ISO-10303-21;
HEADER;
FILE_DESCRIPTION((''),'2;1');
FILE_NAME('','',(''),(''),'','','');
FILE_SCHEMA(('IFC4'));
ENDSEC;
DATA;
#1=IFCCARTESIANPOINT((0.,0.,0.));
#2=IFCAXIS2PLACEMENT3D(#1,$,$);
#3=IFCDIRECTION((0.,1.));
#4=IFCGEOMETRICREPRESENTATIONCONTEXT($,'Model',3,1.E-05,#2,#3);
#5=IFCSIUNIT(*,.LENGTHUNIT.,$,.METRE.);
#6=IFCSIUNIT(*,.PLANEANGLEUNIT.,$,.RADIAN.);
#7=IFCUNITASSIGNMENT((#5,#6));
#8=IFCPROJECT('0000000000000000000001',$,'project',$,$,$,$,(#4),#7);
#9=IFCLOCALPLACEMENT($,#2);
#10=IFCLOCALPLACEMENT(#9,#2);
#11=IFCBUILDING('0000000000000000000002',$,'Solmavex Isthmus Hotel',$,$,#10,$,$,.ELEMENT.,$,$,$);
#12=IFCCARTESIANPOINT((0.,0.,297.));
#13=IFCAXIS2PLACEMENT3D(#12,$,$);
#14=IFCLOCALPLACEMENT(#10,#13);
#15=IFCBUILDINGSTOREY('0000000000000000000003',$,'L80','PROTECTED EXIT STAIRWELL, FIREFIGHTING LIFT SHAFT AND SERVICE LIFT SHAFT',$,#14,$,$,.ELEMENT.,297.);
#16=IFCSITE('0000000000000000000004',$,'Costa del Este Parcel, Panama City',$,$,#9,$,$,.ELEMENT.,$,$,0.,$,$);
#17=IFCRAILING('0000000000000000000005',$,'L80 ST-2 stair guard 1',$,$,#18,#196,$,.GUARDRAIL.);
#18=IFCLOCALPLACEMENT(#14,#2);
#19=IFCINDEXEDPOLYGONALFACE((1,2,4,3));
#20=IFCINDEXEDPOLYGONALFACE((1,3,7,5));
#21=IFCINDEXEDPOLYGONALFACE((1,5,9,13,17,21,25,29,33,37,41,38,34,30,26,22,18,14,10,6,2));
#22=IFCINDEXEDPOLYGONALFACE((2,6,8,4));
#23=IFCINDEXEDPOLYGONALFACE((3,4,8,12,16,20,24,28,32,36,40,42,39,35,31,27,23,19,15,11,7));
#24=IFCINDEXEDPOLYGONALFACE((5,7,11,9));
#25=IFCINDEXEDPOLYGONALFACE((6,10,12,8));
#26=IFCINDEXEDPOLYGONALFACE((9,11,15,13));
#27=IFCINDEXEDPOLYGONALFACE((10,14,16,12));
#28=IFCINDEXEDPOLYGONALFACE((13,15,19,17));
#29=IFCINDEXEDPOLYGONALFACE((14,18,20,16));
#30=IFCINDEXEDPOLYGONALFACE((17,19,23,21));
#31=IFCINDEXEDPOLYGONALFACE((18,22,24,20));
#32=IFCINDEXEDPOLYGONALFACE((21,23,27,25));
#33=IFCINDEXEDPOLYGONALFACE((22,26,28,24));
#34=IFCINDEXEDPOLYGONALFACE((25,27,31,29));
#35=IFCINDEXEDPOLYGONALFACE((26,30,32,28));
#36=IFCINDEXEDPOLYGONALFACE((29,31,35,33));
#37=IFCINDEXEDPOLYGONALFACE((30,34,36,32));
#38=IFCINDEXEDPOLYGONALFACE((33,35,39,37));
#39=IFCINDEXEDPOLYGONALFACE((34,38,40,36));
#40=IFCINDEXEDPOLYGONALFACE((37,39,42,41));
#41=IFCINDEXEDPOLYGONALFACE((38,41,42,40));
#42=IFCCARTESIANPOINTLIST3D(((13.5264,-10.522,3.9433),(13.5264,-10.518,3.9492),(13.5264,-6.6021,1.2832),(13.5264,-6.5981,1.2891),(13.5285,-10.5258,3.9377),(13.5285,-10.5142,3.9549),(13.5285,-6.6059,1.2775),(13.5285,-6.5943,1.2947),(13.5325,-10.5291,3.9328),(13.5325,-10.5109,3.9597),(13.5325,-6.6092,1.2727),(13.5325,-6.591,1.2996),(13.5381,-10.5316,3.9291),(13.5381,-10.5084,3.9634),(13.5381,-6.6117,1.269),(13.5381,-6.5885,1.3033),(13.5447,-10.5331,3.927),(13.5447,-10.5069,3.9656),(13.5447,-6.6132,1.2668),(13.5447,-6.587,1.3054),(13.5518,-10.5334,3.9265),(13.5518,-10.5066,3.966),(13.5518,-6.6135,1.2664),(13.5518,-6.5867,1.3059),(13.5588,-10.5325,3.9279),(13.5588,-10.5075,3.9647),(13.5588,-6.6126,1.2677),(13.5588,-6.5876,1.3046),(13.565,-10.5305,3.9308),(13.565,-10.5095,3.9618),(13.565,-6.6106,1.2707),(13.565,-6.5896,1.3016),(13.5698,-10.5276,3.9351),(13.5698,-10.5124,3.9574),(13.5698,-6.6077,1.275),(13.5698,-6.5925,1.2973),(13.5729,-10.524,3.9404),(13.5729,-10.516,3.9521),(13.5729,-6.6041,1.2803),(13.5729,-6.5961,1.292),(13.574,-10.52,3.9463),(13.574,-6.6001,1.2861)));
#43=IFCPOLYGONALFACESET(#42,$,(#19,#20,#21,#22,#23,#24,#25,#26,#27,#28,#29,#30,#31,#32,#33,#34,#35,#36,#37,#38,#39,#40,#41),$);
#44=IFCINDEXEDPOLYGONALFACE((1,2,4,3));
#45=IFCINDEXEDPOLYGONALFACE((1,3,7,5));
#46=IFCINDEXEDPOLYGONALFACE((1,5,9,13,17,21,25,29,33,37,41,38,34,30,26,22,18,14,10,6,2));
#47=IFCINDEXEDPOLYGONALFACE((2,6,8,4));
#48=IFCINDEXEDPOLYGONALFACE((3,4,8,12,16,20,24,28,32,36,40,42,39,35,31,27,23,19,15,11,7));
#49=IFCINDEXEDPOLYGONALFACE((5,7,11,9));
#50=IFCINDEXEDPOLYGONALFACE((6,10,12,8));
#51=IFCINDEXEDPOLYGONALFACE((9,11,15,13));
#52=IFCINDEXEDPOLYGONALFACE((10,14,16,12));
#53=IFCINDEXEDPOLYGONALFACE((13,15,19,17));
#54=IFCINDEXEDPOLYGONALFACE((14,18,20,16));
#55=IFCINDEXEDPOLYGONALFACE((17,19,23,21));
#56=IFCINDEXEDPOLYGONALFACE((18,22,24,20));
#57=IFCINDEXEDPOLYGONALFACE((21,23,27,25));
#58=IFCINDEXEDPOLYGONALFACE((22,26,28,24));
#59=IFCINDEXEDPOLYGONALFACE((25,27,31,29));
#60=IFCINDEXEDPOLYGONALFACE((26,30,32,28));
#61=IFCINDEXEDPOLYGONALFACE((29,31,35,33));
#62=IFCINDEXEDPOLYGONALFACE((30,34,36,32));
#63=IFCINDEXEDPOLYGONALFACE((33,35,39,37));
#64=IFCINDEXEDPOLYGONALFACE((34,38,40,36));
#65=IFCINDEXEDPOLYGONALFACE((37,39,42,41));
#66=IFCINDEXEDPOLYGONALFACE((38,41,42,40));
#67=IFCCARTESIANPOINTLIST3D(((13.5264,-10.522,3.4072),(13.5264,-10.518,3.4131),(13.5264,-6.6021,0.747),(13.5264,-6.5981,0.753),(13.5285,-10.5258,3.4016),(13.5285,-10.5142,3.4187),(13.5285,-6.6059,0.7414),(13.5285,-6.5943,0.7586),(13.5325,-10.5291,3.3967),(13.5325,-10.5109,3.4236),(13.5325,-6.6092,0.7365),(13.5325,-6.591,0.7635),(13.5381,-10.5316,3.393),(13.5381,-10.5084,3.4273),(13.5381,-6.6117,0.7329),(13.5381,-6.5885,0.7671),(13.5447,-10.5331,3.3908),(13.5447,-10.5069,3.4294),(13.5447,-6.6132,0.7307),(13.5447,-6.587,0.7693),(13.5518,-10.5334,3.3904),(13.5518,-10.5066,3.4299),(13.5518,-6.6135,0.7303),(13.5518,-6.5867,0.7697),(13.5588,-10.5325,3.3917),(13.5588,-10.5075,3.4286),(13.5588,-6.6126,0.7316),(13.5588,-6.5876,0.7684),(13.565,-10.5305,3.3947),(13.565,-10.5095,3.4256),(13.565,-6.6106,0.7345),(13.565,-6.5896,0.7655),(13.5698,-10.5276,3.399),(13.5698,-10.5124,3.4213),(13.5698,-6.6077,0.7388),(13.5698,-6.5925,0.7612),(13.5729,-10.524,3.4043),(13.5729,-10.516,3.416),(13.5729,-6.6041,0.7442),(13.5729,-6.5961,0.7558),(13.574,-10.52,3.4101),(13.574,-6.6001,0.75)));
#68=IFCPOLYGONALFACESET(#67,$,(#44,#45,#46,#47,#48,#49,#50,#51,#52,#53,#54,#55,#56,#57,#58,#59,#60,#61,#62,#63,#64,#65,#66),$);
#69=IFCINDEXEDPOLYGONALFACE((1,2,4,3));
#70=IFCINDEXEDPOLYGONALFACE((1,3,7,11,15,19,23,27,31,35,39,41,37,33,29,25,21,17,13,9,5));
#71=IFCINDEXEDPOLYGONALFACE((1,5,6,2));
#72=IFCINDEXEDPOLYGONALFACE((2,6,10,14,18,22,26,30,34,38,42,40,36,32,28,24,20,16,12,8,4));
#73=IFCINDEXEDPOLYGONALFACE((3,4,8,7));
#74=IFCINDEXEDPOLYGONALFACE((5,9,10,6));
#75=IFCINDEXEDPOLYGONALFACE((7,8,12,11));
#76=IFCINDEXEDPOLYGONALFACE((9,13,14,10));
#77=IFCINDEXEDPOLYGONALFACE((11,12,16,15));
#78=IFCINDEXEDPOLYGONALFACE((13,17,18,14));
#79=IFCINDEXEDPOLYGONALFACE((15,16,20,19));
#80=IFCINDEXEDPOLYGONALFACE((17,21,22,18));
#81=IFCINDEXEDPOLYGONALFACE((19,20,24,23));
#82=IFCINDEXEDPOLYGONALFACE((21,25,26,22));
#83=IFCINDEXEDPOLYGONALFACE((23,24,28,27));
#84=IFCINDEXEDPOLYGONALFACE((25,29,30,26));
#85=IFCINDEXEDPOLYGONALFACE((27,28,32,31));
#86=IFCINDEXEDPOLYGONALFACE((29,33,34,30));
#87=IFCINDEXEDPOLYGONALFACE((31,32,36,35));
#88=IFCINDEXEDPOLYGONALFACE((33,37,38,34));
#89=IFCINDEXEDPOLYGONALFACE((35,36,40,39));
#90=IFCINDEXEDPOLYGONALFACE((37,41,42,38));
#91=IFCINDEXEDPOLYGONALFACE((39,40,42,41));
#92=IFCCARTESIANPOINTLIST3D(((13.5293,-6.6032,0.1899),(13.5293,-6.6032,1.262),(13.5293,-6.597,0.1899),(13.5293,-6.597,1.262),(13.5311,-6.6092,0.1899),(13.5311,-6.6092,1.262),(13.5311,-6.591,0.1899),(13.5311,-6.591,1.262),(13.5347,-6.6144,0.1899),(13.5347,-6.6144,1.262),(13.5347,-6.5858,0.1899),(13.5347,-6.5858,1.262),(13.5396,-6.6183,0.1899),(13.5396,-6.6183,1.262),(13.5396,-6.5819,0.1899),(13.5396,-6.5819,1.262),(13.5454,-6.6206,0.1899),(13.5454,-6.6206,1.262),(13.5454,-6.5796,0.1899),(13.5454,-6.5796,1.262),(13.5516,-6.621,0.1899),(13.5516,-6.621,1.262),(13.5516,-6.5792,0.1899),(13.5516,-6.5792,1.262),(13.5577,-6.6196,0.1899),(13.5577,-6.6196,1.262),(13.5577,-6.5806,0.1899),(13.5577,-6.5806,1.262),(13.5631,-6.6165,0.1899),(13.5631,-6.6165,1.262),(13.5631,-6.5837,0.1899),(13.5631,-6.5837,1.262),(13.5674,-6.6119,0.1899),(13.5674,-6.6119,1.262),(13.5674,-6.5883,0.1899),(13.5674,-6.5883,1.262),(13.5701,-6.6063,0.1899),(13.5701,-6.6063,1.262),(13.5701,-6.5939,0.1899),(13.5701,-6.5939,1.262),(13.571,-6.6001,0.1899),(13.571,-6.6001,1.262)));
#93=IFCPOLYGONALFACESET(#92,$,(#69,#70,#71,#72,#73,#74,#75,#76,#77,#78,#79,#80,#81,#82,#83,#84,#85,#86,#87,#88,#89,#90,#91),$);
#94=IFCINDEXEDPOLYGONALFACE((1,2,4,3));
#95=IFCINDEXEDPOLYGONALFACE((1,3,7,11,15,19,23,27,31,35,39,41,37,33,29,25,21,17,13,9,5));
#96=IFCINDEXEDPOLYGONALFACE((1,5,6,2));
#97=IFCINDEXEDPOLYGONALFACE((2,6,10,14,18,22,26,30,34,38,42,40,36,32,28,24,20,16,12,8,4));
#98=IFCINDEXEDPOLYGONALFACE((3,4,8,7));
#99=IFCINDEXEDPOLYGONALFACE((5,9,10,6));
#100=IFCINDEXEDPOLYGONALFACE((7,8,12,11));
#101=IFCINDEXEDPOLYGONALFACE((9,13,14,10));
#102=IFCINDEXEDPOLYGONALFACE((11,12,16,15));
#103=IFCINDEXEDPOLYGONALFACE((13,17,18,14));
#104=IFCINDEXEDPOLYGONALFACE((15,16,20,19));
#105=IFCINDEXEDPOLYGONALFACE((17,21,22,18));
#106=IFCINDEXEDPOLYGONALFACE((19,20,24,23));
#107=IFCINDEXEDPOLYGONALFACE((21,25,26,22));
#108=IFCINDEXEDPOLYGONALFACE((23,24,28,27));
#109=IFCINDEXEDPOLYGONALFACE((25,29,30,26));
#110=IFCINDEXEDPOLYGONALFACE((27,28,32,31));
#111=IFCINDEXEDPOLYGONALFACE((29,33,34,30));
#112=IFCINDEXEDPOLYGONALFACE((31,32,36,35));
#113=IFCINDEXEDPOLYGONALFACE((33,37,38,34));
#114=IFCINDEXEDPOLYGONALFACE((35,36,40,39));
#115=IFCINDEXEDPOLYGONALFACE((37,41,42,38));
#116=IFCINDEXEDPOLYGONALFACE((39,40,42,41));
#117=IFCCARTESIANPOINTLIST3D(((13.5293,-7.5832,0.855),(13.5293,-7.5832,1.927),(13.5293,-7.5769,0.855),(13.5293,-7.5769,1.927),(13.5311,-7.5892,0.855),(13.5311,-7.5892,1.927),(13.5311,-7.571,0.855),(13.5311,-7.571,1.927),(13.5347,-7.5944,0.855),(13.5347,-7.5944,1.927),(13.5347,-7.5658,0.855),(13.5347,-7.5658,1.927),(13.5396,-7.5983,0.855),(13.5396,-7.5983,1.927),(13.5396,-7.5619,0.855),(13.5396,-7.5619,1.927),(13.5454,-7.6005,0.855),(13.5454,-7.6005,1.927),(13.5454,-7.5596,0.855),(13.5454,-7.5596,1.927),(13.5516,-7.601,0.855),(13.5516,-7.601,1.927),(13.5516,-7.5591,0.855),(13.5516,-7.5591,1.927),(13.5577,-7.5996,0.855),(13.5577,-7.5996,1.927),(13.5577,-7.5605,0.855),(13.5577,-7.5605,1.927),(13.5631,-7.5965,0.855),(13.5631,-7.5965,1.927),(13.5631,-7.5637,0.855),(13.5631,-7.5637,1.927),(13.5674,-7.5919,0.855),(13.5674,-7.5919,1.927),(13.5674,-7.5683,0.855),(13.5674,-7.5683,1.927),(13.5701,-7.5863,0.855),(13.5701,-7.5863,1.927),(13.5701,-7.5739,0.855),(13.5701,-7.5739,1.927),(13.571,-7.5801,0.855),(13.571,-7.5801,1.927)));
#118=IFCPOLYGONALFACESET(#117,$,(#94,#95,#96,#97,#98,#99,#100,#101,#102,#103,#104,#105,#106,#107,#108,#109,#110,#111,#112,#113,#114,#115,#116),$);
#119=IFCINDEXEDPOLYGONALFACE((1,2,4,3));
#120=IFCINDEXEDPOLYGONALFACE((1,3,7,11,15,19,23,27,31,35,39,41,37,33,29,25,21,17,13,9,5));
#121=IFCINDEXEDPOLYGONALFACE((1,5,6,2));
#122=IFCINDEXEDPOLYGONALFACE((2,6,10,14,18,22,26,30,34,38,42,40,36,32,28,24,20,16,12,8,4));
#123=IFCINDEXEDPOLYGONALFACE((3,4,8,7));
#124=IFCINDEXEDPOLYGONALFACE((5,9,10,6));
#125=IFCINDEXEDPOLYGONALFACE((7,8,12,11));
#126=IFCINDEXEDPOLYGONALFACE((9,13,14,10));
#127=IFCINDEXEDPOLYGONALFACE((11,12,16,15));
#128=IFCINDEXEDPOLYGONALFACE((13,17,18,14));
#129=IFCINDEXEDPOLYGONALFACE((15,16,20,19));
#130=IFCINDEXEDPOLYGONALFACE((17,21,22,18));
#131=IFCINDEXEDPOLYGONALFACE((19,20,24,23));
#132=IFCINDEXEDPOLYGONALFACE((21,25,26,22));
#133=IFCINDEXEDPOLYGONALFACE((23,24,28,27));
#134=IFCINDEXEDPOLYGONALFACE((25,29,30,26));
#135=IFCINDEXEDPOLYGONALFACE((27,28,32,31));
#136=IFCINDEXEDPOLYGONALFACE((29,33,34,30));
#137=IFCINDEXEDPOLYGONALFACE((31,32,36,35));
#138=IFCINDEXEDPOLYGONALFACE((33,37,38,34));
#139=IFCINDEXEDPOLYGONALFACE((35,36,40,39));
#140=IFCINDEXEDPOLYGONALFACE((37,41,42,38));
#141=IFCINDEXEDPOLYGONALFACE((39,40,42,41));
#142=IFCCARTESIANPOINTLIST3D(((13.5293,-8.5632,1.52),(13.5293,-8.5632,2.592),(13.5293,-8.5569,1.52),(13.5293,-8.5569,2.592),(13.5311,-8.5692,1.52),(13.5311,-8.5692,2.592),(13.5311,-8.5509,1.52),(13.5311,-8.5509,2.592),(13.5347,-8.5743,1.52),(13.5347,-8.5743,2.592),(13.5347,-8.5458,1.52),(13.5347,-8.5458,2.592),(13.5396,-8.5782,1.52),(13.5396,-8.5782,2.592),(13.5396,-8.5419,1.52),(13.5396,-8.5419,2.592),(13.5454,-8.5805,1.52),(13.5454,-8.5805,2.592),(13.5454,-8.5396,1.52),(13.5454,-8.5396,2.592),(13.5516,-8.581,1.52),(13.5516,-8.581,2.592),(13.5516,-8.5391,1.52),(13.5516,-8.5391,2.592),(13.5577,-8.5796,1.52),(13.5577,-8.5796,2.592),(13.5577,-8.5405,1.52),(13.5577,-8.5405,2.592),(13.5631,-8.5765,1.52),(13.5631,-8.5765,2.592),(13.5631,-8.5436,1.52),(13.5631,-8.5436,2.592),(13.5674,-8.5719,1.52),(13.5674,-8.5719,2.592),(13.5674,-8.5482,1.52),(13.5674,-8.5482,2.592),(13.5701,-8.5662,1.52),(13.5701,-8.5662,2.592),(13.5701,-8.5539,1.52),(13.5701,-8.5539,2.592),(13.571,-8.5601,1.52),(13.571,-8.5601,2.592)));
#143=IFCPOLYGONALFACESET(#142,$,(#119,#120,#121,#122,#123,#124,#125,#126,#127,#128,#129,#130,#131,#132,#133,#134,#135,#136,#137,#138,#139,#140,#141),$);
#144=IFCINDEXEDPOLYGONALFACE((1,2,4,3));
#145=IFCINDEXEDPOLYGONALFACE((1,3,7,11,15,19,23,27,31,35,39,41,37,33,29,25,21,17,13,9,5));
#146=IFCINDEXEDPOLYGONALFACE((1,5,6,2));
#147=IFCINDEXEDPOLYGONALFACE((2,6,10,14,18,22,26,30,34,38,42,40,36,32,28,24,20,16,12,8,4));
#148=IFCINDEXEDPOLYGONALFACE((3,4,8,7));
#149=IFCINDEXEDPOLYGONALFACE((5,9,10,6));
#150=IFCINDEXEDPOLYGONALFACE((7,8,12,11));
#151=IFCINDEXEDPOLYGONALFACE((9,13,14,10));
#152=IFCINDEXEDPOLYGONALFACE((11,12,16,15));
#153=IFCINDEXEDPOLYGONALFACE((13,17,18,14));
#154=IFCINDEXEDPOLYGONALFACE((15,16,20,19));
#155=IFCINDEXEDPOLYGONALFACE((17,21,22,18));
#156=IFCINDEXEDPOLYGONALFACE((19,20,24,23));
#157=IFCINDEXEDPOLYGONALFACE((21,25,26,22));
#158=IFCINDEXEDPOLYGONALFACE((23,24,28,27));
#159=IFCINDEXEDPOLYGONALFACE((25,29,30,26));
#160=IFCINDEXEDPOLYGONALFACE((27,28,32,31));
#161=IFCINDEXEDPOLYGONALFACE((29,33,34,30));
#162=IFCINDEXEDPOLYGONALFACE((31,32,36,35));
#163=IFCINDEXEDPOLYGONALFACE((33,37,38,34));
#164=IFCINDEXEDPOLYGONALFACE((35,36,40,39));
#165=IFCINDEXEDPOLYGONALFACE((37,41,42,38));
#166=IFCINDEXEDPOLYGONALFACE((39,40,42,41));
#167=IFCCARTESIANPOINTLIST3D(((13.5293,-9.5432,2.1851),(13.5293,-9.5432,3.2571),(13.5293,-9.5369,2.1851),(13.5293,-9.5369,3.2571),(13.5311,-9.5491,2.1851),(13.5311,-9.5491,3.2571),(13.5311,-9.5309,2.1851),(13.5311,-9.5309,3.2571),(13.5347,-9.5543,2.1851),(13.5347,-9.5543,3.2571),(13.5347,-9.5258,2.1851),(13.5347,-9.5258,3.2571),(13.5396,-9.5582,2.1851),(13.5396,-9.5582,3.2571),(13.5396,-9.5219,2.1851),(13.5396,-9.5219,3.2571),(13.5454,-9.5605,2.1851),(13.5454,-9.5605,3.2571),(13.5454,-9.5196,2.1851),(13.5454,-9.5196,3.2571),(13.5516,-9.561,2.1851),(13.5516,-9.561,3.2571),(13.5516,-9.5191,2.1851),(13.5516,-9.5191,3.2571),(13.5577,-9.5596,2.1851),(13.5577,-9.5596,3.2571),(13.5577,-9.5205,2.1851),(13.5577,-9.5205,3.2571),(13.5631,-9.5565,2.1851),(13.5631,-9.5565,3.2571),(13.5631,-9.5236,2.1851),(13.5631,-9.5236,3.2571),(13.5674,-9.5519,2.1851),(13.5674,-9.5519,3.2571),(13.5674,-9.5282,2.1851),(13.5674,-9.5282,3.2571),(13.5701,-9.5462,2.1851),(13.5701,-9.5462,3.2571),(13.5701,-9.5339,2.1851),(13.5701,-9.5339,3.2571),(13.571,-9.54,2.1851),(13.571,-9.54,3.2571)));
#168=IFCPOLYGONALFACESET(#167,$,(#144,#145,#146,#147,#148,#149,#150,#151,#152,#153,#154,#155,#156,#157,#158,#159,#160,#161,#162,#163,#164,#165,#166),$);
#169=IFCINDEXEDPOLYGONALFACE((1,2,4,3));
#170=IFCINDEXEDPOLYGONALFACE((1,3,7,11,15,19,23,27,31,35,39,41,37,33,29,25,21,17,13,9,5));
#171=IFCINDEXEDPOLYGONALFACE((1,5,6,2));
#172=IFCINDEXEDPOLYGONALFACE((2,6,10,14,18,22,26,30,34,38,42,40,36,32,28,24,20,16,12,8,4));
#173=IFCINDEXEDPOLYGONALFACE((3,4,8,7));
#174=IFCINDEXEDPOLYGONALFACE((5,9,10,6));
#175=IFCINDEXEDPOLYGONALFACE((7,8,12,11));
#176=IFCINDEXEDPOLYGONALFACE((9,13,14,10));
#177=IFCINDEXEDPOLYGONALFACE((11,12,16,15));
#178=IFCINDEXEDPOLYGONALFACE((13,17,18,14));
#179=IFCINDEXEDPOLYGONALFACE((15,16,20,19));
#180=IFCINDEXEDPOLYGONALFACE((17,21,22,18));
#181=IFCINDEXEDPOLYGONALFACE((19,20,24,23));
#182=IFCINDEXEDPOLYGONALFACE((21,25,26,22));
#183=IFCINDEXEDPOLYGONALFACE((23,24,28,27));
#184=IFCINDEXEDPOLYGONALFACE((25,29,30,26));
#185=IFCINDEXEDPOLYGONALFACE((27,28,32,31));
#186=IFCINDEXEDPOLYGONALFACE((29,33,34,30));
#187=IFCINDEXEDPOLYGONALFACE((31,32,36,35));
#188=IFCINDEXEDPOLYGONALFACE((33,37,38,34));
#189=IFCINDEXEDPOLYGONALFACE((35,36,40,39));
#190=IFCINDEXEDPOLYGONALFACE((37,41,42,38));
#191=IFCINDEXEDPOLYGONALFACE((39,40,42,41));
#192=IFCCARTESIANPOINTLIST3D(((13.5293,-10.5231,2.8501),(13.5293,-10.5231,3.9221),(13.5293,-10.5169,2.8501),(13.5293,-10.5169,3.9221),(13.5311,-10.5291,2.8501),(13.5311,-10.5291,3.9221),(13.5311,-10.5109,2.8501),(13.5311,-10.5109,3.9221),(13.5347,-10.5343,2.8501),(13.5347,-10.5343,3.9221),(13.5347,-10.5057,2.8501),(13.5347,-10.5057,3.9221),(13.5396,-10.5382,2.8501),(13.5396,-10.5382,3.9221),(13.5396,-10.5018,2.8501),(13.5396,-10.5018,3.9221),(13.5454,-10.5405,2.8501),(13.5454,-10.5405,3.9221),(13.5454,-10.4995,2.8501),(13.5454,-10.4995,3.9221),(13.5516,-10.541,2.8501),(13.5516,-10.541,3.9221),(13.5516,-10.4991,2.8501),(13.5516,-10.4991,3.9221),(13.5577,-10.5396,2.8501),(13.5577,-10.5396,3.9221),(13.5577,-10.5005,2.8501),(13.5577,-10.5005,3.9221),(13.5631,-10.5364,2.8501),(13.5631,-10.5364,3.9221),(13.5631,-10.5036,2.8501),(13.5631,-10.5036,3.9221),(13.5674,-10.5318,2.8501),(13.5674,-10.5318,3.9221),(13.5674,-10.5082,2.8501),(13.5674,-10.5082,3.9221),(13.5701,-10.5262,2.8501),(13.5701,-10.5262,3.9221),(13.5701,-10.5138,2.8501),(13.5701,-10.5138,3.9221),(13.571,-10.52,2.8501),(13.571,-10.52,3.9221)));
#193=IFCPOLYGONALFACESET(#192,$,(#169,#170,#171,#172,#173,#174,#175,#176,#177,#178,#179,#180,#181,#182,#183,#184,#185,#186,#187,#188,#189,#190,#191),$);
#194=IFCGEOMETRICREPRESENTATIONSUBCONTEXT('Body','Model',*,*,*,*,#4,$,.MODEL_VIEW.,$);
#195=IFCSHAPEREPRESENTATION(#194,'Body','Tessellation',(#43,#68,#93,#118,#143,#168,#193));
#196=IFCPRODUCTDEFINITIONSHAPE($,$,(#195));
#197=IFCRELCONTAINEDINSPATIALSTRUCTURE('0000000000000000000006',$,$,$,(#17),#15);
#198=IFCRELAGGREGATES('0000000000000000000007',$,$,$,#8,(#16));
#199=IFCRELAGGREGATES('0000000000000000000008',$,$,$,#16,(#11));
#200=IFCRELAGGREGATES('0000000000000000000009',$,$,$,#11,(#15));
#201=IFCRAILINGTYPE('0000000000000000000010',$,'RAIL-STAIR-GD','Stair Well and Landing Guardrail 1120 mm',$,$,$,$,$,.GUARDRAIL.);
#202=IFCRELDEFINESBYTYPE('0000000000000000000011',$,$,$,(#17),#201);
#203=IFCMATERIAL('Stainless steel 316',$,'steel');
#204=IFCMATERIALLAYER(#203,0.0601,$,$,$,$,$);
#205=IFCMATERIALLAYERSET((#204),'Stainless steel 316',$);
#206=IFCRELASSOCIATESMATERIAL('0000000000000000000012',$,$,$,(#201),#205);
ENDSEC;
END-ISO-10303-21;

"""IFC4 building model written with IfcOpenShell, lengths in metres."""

from ifc_helpers import new_model, si_unit, direction, frame, origin, origin_2d, place, context, subcontext, project, spatial, circle, extrude, material, layer, layer_set, type_object, element, save


model = new_model("IFC4")

# Units and contexts
model_context = context("Model", 3, precision=1e-05, world=origin(), true_north=direction((0.0, 1.0)))
body_context = subcontext(model_context, "Body", "Model", "MODEL_VIEW")
ifc_project = project(units=[si_unit("LENGTHUNIT", "METRE"), si_unit("PLANEANGLEUNIT", "RADIAN")], contexts=[model_context])

# Site, building, storey
site_placement = place(None, origin())
site = spatial("IfcSite", under=ifc_project, at=site_placement, Name="Costa del Este Parcel, Panama City", CompositionType="ELEMENT", RefElevation=0.0)
building_placement = place(site_placement, origin())
building = spatial("IfcBuilding", under=site, at=building_placement, Name="Solmavex Isthmus Hotel", CompositionType="ELEMENT")
storey_placement = place(building_placement, frame((0.0, 0.0, 297.0)))
storey = spatial("IfcBuildingStorey", under=building, at=storey_placement, Name="L80", Description="PROTECTED EXIT STAIRWELL, FIREFIGHTING LIFT SHAFT AND SERVICE LIFT SHAFT", CompositionType="ELEMENT", Elevation=297.0)

# Railing
ifc_material_1 = material(Name="Stainless steel 316", Category="steel")
ifc_layer_1 = layer(ifc_material_1, 0.0601)
ifc_layer_set_1 = layer_set([ifc_layer_1], Name="Stainless steel 316")
railing_type_1 = type_object("IfcRailingType", Name="RAIL-STAIR-GD", Description="Stair Well and Landing Guardrail 1120 mm", PredefinedType="GUARDRAIL", material=ifc_layer_set_1)
railing_1_placement = place(storey_placement, frame((13.55, -6.6001, 0.1899)))
element("IfcRailing", 1, at=railing_1_placement, inside=storey, type_object=railing_type_1, Name="L80 ST-2 stair guard 1", PredefinedType="GUARDRAIL", context=body_context, shape_type="SweptSolid", body=[
    extrude(circle(Radius=0.0239, at=origin_2d()), frame((0.0, 0.0, 1.0962), z_axis=(0.0, -0.827455, 0.561532), x_axis=(1.0, 0.0, 0.0)), (0.0, 0.0, 1.0), 4.7373),
    extrude(circle(Radius=0.0239, at=origin_2d()), frame((0.0, 0.0, 0.5601), z_axis=(0.0, -0.827455, 0.561532), x_axis=(1.0, 0.0, 0.0)), (0.0, 0.0, 1.0), 4.7373),
    extrude(circle(Radius=0.021, at=origin_2d()), origin(), (0.0, 0.0, 1.0), 1.072),
    extrude(circle(Radius=0.021, at=origin_2d()), frame((0.0, -0.98, 0.665)), (0.0, 0.0, 1.0), 1.072),
    extrude(circle(Radius=0.021, at=origin_2d()), frame((0.0, -1.96, 1.3301)), (0.0, 0.0, 1.0), 1.072),
    extrude(circle(Radius=0.021, at=origin_2d()), frame((0.0, -2.9399, 1.9951)), (0.0, 0.0, 1.0), 1.072),
    extrude(circle(Radius=0.021, at=origin_2d()), frame((0.0, -3.9199, 2.6602)), (0.0, 0.0, 1.0), 1.072),
])

save(model, "model.ifc")
